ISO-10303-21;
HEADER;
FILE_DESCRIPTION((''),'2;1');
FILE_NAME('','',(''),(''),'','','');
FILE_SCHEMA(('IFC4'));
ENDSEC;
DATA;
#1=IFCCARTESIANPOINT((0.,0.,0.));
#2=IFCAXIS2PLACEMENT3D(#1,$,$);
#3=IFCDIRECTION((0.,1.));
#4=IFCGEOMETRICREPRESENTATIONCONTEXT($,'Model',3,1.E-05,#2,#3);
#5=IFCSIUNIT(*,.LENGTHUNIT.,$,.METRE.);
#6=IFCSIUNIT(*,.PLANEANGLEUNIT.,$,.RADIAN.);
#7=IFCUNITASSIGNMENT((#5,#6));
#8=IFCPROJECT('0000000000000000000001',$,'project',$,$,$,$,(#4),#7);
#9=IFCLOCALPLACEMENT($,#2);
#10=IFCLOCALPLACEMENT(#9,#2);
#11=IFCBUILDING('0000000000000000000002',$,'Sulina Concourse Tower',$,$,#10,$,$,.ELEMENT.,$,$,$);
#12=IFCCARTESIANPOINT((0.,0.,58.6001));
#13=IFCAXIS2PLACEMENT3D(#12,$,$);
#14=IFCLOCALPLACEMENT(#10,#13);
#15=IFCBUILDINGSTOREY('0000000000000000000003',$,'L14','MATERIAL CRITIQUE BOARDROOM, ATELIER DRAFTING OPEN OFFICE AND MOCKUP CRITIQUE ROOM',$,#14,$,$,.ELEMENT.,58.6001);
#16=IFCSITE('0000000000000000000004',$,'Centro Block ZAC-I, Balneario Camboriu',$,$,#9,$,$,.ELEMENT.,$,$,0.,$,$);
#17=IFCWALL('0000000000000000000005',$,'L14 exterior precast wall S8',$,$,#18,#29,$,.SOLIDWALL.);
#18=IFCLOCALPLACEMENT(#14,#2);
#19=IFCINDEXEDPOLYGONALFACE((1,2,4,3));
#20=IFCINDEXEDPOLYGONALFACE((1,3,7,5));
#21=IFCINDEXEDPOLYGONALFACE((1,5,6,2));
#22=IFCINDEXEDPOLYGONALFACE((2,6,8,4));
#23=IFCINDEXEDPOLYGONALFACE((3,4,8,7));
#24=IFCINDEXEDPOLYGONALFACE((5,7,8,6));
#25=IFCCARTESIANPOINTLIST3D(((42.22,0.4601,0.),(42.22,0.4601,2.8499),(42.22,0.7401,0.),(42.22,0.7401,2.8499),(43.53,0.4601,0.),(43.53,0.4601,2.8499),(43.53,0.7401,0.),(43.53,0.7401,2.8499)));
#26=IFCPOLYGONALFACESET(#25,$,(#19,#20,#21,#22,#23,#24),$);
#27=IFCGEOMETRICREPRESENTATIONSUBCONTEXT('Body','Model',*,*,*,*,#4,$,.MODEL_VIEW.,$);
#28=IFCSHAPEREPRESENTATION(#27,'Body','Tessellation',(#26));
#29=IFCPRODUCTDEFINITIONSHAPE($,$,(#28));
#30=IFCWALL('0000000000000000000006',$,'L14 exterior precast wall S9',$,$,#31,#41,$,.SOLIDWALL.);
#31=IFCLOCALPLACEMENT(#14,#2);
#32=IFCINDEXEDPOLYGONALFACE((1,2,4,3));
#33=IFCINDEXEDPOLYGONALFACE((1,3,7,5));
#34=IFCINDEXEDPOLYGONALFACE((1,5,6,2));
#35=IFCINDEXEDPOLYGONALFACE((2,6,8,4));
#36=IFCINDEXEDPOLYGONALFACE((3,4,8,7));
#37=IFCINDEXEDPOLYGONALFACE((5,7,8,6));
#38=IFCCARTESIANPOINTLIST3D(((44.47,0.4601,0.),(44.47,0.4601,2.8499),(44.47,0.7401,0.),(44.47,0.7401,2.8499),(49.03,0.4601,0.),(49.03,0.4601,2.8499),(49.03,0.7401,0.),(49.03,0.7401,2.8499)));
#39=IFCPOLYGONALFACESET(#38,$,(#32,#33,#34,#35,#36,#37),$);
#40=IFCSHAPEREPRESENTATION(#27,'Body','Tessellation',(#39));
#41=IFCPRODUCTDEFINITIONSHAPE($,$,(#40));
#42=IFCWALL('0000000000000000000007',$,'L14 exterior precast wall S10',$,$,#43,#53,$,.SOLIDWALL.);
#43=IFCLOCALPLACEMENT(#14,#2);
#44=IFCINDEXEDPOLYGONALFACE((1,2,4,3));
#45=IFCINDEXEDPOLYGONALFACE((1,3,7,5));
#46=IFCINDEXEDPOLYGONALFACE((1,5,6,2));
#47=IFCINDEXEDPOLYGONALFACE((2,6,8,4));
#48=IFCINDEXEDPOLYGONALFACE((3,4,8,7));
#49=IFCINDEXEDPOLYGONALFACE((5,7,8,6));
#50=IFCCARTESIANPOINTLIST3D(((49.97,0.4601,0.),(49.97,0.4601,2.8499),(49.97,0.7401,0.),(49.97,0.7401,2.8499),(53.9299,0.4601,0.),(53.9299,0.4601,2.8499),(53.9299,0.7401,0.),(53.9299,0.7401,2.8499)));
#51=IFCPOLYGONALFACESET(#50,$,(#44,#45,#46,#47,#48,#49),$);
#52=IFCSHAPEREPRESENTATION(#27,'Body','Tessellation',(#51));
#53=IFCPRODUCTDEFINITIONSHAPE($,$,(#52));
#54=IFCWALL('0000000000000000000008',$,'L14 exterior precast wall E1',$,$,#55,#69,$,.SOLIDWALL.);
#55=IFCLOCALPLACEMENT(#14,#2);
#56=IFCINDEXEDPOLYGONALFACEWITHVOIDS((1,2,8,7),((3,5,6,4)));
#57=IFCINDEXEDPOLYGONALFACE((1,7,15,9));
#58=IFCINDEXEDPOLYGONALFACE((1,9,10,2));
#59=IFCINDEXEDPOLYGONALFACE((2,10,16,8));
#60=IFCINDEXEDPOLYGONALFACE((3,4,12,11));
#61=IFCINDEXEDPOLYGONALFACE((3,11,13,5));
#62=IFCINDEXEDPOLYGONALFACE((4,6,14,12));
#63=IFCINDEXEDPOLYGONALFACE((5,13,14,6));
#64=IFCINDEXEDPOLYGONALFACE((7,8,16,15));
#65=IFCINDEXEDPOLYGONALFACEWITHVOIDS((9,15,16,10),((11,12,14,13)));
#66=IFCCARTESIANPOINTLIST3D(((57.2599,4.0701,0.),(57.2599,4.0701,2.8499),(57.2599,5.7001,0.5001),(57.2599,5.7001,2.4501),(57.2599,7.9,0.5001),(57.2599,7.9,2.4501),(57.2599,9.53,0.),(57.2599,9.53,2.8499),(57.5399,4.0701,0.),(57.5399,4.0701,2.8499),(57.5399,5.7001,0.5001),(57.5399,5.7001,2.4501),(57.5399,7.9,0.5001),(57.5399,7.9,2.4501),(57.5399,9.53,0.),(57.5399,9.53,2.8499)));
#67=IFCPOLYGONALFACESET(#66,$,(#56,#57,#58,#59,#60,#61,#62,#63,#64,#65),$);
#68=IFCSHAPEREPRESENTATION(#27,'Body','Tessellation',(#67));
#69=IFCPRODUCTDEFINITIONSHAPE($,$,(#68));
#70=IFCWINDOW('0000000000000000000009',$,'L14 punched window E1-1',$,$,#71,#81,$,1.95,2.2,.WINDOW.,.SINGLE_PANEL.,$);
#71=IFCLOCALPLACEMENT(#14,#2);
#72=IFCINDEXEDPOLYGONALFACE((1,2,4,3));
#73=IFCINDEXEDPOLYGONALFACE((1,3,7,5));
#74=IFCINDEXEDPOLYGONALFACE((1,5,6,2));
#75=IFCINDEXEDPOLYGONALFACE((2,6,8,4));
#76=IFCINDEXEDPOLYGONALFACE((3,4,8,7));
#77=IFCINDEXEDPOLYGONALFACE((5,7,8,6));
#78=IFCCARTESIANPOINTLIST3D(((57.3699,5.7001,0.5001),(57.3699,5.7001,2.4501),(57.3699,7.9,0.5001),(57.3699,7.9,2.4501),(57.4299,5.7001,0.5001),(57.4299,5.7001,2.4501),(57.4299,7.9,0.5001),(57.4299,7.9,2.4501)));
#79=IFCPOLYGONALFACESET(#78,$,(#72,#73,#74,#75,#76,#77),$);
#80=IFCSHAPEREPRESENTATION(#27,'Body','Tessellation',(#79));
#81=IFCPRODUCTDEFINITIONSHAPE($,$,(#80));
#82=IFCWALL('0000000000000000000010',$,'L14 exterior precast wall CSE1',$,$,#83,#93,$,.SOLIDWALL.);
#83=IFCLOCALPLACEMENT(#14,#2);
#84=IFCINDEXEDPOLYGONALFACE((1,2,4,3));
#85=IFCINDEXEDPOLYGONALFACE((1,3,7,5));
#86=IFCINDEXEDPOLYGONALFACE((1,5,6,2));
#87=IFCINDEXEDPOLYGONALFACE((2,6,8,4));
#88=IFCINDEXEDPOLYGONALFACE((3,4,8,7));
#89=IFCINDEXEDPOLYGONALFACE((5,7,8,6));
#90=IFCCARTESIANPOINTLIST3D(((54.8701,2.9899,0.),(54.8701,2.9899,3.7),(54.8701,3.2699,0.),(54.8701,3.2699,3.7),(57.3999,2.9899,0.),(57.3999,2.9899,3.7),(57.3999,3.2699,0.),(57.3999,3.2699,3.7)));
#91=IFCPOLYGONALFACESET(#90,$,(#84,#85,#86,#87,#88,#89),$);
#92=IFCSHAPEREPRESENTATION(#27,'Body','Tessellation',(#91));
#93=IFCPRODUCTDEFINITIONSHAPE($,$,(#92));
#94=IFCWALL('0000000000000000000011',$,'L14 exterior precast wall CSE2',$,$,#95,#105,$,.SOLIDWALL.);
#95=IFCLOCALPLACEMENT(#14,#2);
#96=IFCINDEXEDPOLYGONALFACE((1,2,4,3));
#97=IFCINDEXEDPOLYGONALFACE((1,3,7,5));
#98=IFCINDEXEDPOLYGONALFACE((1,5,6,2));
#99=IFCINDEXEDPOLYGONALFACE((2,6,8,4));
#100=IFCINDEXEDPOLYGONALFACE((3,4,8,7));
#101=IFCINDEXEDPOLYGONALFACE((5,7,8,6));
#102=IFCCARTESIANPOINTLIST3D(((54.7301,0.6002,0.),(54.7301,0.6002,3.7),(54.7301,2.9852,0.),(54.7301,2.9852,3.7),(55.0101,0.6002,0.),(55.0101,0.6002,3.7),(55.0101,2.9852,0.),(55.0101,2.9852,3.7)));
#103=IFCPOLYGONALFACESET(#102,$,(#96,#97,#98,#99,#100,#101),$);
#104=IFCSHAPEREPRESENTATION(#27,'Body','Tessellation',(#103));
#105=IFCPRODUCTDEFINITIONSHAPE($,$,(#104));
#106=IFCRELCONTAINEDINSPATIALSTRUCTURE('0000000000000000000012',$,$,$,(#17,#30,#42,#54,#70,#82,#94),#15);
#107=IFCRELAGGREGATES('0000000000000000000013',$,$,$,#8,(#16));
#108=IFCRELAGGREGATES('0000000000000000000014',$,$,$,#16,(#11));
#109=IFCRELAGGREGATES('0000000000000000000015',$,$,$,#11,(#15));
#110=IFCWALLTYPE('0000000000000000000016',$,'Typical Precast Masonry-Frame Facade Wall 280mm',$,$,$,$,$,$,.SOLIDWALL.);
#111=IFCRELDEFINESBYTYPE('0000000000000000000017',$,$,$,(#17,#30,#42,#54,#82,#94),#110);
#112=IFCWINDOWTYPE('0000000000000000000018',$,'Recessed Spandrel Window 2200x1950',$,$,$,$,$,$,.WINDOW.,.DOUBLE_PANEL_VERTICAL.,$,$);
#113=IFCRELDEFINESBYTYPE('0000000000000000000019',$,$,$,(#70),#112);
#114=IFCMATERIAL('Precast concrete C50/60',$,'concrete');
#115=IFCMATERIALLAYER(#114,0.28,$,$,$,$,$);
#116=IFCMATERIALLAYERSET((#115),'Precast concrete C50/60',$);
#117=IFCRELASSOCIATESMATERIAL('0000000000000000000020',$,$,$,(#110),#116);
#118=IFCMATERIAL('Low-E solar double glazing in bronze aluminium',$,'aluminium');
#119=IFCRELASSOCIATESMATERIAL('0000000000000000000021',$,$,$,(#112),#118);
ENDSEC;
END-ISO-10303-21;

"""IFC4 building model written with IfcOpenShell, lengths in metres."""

from ifc_helpers import new_model, si_unit, direction, frame, frame_2d, origin, place, context, subcontext, project, spatial, rectangle, extrude, material, layer, layer_set, type_object, element, fill, save


model = new_model("IFC4")

# Units and contexts
model_context = context("Model", 3, precision=1e-05, world=origin(), true_north=direction((0.0, 1.0)))
body_context = subcontext(model_context, "Body", "Model", "MODEL_VIEW")
ifc_project = project(units=[si_unit("LENGTHUNIT", "METRE"), si_unit("PLANEANGLEUNIT", "RADIAN")], contexts=[model_context])

# Site, building, storey
site_placement = place(None, origin())
site = spatial("IfcSite", under=ifc_project, at=site_placement, Name="Centro Block ZAC-I, Balneario Camboriu", CompositionType="ELEMENT", RefElevation=0.0)
building_placement = place(site_placement, origin())
building = spatial("IfcBuilding", under=site, at=building_placement, Name="Sulina Concourse Tower", CompositionType="ELEMENT")
storey_placement = place(building_placement, frame((0.0, 0.0, 58.6001)))
storey = spatial("IfcBuildingStorey", under=building, at=storey_placement, Name="L14", Description="MATERIAL CRITIQUE BOARDROOM, ATELIER DRAFTING OPEN OFFICE AND MOCKUP CRITIQUE ROOM", CompositionType="ELEMENT", Elevation=58.6001)

# Walls
ifc_material_1 = material(Name="Precast concrete C50/60", Category="concrete")
ifc_layer_1 = layer(ifc_material_1, 0.28)
ifc_layer_set_1 = layer_set([ifc_layer_1], Name="Precast concrete C50/60")
wall_type_1 = type_object("IfcWallType", Name="Typical Precast Masonry-Frame Facade Wall 280mm", PredefinedType="SOLIDWALL", material=ifc_layer_set_1)
wall_1_placement = place(storey_placement, frame((43.53, 0.6001, 0.0), z_axis=(0.0, 0.0, 1.0), x_axis=(-1.0, 0.0, 0.0)))
element("IfcWall", 1, at=wall_1_placement, inside=storey, type_object=wall_type_1, Name="L14 exterior precast wall S8", PredefinedType="SOLIDWALL", context=body_context, shape_type="SweptSolid", body=[
    extrude(rectangle(XDim=1.3101, YDim=0.28, at=frame_2d((0.655, 0.0))), origin(), (0.0, 0.0, 1.0), 2.8499),
])
wall_2_placement = place(storey_placement, frame((49.03, 0.6001, 0.0), z_axis=(0.0, 0.0, 1.0), x_axis=(-1.0, 0.0, 0.0)))
element("IfcWall", 2, at=wall_2_placement, inside=storey, type_object=wall_type_1, Name="L14 exterior precast wall S9", PredefinedType="SOLIDWALL", context=body_context, shape_type="SweptSolid", body=[
    extrude(rectangle(XDim=4.5601, YDim=0.28, at=frame_2d((2.28, 0.0))), origin(), (0.0, 0.0, 1.0), 2.8499),
])
wall_3_placement = place(storey_placement, frame((53.9299, 0.6001, 0.0), z_axis=(0.0, 0.0, 1.0), x_axis=(-1.0, 0.0, 0.0)))
element("IfcWall", 3, at=wall_3_placement, inside=storey, type_object=wall_type_1, Name="L14 exterior precast wall S10", PredefinedType="SOLIDWALL", context=body_context, shape_type="SweptSolid", body=[
    extrude(rectangle(XDim=3.96, YDim=0.28, at=frame_2d((1.98, 0.0))), origin(), (0.0, 0.0, 1.0), 2.8499),
])

# Wall, opening, window
wall_4_placement = place(storey_placement, frame((57.3999, 9.53, 0.0), z_axis=(0.0, 0.0, 1.0), x_axis=(0.0, -1.0, 0.0)))
wall_4 = element("IfcWall", 4, at=wall_4_placement, inside=storey, type_object=wall_type_1, Name="L14 exterior precast wall E1", PredefinedType="SOLIDWALL", context=body_context, shape_type="SweptSolid", body=[
    extrude(rectangle(XDim=5.46, YDim=0.28, at=frame_2d((2.73, 0.0))), origin(), (0.0, 0.0, 1.0), 2.8499),
])
opening_placement = place(wall_4_placement, frame((1.6299, 0.0, 0.5)))
opening = element("IfcOpeningElement", 5, at=opening_placement, cuts=wall_4, PredefinedType="OPENING", context=body_context, shape_type="SweptSolid", body=[
    extrude(rectangle(XDim=2.2, YDim=1.95, at=frame_2d((1.1001, 0.9751))), frame((0.0, 0.1499, 0.0), z_axis=(0.0, -1.0, 0.0), x_axis=(1.0, 0.0, 0.0)), (0.0, 0.0, 1.0), 0.3),
])
ifc_material_2 = material(Name="Low-E solar double glazing in bronze aluminium", Category="aluminium")
window_type = type_object("IfcWindowType", Name="Recessed Spandrel Window 2200x1950", PartitioningType="DOUBLE_PANEL_VERTICAL", PredefinedType="WINDOW", material=ifc_material_2)
window_placement = place(opening_placement, origin())
window = element("IfcWindow", 6, at=window_placement, inside=storey, type_object=window_type, Name="L14 punched window E1-1", OverallHeight=1.95, OverallWidth=2.2, PartitioningType="SINGLE_PANEL", PredefinedType="WINDOW", context=body_context, shape_type="SweptSolid", body=[
    extrude(rectangle(XDim=2.2, YDim=1.95, at=frame_2d((1.1001, 0.9751))), frame((0.0, 0.03, 0.0), z_axis=(0.0, -1.0, 0.0), x_axis=(1.0, 0.0, 0.0)), (0.0, 0.0, 1.0), 0.0601),
])
fill(opening, window)

# Walls
wall_5_placement = place(storey_placement, frame((57.3999, 3.1299, 0.0), z_axis=(0.0, 0.0, 1.0), x_axis=(-1.0, 0.0, 0.0)))
element("IfcWall", 7, at=wall_5_placement, inside=storey, type_object=wall_type_1, Name="L14 exterior precast wall CSE1", PredefinedType="SOLIDWALL", context=body_context, shape_type="SweptSolid", body=[
    extrude(rectangle(XDim=2.5298, YDim=0.28, at=frame_2d((1.2649, 0.0))), origin(), (0.0, 0.0, 1.0), 3.7),
])
wall_6_placement = place(storey_placement, frame((54.8701, 2.9851, 0.0), z_axis=(0.0, 0.0, 1.0), x_axis=(0.0, -1.0, 0.0)))
element("IfcWall", 8, at=wall_6_placement, inside=storey, type_object=wall_type_1, Name="L14 exterior precast wall CSE2", PredefinedType="SOLIDWALL", context=body_context, shape_type="SweptSolid", body=[
    extrude(rectangle(XDim=2.385, YDim=0.28, at=frame_2d((1.1924, 0.0))), origin(), (0.0, 0.0, 1.0), 3.7),
])

save(model, "model.ifc")
